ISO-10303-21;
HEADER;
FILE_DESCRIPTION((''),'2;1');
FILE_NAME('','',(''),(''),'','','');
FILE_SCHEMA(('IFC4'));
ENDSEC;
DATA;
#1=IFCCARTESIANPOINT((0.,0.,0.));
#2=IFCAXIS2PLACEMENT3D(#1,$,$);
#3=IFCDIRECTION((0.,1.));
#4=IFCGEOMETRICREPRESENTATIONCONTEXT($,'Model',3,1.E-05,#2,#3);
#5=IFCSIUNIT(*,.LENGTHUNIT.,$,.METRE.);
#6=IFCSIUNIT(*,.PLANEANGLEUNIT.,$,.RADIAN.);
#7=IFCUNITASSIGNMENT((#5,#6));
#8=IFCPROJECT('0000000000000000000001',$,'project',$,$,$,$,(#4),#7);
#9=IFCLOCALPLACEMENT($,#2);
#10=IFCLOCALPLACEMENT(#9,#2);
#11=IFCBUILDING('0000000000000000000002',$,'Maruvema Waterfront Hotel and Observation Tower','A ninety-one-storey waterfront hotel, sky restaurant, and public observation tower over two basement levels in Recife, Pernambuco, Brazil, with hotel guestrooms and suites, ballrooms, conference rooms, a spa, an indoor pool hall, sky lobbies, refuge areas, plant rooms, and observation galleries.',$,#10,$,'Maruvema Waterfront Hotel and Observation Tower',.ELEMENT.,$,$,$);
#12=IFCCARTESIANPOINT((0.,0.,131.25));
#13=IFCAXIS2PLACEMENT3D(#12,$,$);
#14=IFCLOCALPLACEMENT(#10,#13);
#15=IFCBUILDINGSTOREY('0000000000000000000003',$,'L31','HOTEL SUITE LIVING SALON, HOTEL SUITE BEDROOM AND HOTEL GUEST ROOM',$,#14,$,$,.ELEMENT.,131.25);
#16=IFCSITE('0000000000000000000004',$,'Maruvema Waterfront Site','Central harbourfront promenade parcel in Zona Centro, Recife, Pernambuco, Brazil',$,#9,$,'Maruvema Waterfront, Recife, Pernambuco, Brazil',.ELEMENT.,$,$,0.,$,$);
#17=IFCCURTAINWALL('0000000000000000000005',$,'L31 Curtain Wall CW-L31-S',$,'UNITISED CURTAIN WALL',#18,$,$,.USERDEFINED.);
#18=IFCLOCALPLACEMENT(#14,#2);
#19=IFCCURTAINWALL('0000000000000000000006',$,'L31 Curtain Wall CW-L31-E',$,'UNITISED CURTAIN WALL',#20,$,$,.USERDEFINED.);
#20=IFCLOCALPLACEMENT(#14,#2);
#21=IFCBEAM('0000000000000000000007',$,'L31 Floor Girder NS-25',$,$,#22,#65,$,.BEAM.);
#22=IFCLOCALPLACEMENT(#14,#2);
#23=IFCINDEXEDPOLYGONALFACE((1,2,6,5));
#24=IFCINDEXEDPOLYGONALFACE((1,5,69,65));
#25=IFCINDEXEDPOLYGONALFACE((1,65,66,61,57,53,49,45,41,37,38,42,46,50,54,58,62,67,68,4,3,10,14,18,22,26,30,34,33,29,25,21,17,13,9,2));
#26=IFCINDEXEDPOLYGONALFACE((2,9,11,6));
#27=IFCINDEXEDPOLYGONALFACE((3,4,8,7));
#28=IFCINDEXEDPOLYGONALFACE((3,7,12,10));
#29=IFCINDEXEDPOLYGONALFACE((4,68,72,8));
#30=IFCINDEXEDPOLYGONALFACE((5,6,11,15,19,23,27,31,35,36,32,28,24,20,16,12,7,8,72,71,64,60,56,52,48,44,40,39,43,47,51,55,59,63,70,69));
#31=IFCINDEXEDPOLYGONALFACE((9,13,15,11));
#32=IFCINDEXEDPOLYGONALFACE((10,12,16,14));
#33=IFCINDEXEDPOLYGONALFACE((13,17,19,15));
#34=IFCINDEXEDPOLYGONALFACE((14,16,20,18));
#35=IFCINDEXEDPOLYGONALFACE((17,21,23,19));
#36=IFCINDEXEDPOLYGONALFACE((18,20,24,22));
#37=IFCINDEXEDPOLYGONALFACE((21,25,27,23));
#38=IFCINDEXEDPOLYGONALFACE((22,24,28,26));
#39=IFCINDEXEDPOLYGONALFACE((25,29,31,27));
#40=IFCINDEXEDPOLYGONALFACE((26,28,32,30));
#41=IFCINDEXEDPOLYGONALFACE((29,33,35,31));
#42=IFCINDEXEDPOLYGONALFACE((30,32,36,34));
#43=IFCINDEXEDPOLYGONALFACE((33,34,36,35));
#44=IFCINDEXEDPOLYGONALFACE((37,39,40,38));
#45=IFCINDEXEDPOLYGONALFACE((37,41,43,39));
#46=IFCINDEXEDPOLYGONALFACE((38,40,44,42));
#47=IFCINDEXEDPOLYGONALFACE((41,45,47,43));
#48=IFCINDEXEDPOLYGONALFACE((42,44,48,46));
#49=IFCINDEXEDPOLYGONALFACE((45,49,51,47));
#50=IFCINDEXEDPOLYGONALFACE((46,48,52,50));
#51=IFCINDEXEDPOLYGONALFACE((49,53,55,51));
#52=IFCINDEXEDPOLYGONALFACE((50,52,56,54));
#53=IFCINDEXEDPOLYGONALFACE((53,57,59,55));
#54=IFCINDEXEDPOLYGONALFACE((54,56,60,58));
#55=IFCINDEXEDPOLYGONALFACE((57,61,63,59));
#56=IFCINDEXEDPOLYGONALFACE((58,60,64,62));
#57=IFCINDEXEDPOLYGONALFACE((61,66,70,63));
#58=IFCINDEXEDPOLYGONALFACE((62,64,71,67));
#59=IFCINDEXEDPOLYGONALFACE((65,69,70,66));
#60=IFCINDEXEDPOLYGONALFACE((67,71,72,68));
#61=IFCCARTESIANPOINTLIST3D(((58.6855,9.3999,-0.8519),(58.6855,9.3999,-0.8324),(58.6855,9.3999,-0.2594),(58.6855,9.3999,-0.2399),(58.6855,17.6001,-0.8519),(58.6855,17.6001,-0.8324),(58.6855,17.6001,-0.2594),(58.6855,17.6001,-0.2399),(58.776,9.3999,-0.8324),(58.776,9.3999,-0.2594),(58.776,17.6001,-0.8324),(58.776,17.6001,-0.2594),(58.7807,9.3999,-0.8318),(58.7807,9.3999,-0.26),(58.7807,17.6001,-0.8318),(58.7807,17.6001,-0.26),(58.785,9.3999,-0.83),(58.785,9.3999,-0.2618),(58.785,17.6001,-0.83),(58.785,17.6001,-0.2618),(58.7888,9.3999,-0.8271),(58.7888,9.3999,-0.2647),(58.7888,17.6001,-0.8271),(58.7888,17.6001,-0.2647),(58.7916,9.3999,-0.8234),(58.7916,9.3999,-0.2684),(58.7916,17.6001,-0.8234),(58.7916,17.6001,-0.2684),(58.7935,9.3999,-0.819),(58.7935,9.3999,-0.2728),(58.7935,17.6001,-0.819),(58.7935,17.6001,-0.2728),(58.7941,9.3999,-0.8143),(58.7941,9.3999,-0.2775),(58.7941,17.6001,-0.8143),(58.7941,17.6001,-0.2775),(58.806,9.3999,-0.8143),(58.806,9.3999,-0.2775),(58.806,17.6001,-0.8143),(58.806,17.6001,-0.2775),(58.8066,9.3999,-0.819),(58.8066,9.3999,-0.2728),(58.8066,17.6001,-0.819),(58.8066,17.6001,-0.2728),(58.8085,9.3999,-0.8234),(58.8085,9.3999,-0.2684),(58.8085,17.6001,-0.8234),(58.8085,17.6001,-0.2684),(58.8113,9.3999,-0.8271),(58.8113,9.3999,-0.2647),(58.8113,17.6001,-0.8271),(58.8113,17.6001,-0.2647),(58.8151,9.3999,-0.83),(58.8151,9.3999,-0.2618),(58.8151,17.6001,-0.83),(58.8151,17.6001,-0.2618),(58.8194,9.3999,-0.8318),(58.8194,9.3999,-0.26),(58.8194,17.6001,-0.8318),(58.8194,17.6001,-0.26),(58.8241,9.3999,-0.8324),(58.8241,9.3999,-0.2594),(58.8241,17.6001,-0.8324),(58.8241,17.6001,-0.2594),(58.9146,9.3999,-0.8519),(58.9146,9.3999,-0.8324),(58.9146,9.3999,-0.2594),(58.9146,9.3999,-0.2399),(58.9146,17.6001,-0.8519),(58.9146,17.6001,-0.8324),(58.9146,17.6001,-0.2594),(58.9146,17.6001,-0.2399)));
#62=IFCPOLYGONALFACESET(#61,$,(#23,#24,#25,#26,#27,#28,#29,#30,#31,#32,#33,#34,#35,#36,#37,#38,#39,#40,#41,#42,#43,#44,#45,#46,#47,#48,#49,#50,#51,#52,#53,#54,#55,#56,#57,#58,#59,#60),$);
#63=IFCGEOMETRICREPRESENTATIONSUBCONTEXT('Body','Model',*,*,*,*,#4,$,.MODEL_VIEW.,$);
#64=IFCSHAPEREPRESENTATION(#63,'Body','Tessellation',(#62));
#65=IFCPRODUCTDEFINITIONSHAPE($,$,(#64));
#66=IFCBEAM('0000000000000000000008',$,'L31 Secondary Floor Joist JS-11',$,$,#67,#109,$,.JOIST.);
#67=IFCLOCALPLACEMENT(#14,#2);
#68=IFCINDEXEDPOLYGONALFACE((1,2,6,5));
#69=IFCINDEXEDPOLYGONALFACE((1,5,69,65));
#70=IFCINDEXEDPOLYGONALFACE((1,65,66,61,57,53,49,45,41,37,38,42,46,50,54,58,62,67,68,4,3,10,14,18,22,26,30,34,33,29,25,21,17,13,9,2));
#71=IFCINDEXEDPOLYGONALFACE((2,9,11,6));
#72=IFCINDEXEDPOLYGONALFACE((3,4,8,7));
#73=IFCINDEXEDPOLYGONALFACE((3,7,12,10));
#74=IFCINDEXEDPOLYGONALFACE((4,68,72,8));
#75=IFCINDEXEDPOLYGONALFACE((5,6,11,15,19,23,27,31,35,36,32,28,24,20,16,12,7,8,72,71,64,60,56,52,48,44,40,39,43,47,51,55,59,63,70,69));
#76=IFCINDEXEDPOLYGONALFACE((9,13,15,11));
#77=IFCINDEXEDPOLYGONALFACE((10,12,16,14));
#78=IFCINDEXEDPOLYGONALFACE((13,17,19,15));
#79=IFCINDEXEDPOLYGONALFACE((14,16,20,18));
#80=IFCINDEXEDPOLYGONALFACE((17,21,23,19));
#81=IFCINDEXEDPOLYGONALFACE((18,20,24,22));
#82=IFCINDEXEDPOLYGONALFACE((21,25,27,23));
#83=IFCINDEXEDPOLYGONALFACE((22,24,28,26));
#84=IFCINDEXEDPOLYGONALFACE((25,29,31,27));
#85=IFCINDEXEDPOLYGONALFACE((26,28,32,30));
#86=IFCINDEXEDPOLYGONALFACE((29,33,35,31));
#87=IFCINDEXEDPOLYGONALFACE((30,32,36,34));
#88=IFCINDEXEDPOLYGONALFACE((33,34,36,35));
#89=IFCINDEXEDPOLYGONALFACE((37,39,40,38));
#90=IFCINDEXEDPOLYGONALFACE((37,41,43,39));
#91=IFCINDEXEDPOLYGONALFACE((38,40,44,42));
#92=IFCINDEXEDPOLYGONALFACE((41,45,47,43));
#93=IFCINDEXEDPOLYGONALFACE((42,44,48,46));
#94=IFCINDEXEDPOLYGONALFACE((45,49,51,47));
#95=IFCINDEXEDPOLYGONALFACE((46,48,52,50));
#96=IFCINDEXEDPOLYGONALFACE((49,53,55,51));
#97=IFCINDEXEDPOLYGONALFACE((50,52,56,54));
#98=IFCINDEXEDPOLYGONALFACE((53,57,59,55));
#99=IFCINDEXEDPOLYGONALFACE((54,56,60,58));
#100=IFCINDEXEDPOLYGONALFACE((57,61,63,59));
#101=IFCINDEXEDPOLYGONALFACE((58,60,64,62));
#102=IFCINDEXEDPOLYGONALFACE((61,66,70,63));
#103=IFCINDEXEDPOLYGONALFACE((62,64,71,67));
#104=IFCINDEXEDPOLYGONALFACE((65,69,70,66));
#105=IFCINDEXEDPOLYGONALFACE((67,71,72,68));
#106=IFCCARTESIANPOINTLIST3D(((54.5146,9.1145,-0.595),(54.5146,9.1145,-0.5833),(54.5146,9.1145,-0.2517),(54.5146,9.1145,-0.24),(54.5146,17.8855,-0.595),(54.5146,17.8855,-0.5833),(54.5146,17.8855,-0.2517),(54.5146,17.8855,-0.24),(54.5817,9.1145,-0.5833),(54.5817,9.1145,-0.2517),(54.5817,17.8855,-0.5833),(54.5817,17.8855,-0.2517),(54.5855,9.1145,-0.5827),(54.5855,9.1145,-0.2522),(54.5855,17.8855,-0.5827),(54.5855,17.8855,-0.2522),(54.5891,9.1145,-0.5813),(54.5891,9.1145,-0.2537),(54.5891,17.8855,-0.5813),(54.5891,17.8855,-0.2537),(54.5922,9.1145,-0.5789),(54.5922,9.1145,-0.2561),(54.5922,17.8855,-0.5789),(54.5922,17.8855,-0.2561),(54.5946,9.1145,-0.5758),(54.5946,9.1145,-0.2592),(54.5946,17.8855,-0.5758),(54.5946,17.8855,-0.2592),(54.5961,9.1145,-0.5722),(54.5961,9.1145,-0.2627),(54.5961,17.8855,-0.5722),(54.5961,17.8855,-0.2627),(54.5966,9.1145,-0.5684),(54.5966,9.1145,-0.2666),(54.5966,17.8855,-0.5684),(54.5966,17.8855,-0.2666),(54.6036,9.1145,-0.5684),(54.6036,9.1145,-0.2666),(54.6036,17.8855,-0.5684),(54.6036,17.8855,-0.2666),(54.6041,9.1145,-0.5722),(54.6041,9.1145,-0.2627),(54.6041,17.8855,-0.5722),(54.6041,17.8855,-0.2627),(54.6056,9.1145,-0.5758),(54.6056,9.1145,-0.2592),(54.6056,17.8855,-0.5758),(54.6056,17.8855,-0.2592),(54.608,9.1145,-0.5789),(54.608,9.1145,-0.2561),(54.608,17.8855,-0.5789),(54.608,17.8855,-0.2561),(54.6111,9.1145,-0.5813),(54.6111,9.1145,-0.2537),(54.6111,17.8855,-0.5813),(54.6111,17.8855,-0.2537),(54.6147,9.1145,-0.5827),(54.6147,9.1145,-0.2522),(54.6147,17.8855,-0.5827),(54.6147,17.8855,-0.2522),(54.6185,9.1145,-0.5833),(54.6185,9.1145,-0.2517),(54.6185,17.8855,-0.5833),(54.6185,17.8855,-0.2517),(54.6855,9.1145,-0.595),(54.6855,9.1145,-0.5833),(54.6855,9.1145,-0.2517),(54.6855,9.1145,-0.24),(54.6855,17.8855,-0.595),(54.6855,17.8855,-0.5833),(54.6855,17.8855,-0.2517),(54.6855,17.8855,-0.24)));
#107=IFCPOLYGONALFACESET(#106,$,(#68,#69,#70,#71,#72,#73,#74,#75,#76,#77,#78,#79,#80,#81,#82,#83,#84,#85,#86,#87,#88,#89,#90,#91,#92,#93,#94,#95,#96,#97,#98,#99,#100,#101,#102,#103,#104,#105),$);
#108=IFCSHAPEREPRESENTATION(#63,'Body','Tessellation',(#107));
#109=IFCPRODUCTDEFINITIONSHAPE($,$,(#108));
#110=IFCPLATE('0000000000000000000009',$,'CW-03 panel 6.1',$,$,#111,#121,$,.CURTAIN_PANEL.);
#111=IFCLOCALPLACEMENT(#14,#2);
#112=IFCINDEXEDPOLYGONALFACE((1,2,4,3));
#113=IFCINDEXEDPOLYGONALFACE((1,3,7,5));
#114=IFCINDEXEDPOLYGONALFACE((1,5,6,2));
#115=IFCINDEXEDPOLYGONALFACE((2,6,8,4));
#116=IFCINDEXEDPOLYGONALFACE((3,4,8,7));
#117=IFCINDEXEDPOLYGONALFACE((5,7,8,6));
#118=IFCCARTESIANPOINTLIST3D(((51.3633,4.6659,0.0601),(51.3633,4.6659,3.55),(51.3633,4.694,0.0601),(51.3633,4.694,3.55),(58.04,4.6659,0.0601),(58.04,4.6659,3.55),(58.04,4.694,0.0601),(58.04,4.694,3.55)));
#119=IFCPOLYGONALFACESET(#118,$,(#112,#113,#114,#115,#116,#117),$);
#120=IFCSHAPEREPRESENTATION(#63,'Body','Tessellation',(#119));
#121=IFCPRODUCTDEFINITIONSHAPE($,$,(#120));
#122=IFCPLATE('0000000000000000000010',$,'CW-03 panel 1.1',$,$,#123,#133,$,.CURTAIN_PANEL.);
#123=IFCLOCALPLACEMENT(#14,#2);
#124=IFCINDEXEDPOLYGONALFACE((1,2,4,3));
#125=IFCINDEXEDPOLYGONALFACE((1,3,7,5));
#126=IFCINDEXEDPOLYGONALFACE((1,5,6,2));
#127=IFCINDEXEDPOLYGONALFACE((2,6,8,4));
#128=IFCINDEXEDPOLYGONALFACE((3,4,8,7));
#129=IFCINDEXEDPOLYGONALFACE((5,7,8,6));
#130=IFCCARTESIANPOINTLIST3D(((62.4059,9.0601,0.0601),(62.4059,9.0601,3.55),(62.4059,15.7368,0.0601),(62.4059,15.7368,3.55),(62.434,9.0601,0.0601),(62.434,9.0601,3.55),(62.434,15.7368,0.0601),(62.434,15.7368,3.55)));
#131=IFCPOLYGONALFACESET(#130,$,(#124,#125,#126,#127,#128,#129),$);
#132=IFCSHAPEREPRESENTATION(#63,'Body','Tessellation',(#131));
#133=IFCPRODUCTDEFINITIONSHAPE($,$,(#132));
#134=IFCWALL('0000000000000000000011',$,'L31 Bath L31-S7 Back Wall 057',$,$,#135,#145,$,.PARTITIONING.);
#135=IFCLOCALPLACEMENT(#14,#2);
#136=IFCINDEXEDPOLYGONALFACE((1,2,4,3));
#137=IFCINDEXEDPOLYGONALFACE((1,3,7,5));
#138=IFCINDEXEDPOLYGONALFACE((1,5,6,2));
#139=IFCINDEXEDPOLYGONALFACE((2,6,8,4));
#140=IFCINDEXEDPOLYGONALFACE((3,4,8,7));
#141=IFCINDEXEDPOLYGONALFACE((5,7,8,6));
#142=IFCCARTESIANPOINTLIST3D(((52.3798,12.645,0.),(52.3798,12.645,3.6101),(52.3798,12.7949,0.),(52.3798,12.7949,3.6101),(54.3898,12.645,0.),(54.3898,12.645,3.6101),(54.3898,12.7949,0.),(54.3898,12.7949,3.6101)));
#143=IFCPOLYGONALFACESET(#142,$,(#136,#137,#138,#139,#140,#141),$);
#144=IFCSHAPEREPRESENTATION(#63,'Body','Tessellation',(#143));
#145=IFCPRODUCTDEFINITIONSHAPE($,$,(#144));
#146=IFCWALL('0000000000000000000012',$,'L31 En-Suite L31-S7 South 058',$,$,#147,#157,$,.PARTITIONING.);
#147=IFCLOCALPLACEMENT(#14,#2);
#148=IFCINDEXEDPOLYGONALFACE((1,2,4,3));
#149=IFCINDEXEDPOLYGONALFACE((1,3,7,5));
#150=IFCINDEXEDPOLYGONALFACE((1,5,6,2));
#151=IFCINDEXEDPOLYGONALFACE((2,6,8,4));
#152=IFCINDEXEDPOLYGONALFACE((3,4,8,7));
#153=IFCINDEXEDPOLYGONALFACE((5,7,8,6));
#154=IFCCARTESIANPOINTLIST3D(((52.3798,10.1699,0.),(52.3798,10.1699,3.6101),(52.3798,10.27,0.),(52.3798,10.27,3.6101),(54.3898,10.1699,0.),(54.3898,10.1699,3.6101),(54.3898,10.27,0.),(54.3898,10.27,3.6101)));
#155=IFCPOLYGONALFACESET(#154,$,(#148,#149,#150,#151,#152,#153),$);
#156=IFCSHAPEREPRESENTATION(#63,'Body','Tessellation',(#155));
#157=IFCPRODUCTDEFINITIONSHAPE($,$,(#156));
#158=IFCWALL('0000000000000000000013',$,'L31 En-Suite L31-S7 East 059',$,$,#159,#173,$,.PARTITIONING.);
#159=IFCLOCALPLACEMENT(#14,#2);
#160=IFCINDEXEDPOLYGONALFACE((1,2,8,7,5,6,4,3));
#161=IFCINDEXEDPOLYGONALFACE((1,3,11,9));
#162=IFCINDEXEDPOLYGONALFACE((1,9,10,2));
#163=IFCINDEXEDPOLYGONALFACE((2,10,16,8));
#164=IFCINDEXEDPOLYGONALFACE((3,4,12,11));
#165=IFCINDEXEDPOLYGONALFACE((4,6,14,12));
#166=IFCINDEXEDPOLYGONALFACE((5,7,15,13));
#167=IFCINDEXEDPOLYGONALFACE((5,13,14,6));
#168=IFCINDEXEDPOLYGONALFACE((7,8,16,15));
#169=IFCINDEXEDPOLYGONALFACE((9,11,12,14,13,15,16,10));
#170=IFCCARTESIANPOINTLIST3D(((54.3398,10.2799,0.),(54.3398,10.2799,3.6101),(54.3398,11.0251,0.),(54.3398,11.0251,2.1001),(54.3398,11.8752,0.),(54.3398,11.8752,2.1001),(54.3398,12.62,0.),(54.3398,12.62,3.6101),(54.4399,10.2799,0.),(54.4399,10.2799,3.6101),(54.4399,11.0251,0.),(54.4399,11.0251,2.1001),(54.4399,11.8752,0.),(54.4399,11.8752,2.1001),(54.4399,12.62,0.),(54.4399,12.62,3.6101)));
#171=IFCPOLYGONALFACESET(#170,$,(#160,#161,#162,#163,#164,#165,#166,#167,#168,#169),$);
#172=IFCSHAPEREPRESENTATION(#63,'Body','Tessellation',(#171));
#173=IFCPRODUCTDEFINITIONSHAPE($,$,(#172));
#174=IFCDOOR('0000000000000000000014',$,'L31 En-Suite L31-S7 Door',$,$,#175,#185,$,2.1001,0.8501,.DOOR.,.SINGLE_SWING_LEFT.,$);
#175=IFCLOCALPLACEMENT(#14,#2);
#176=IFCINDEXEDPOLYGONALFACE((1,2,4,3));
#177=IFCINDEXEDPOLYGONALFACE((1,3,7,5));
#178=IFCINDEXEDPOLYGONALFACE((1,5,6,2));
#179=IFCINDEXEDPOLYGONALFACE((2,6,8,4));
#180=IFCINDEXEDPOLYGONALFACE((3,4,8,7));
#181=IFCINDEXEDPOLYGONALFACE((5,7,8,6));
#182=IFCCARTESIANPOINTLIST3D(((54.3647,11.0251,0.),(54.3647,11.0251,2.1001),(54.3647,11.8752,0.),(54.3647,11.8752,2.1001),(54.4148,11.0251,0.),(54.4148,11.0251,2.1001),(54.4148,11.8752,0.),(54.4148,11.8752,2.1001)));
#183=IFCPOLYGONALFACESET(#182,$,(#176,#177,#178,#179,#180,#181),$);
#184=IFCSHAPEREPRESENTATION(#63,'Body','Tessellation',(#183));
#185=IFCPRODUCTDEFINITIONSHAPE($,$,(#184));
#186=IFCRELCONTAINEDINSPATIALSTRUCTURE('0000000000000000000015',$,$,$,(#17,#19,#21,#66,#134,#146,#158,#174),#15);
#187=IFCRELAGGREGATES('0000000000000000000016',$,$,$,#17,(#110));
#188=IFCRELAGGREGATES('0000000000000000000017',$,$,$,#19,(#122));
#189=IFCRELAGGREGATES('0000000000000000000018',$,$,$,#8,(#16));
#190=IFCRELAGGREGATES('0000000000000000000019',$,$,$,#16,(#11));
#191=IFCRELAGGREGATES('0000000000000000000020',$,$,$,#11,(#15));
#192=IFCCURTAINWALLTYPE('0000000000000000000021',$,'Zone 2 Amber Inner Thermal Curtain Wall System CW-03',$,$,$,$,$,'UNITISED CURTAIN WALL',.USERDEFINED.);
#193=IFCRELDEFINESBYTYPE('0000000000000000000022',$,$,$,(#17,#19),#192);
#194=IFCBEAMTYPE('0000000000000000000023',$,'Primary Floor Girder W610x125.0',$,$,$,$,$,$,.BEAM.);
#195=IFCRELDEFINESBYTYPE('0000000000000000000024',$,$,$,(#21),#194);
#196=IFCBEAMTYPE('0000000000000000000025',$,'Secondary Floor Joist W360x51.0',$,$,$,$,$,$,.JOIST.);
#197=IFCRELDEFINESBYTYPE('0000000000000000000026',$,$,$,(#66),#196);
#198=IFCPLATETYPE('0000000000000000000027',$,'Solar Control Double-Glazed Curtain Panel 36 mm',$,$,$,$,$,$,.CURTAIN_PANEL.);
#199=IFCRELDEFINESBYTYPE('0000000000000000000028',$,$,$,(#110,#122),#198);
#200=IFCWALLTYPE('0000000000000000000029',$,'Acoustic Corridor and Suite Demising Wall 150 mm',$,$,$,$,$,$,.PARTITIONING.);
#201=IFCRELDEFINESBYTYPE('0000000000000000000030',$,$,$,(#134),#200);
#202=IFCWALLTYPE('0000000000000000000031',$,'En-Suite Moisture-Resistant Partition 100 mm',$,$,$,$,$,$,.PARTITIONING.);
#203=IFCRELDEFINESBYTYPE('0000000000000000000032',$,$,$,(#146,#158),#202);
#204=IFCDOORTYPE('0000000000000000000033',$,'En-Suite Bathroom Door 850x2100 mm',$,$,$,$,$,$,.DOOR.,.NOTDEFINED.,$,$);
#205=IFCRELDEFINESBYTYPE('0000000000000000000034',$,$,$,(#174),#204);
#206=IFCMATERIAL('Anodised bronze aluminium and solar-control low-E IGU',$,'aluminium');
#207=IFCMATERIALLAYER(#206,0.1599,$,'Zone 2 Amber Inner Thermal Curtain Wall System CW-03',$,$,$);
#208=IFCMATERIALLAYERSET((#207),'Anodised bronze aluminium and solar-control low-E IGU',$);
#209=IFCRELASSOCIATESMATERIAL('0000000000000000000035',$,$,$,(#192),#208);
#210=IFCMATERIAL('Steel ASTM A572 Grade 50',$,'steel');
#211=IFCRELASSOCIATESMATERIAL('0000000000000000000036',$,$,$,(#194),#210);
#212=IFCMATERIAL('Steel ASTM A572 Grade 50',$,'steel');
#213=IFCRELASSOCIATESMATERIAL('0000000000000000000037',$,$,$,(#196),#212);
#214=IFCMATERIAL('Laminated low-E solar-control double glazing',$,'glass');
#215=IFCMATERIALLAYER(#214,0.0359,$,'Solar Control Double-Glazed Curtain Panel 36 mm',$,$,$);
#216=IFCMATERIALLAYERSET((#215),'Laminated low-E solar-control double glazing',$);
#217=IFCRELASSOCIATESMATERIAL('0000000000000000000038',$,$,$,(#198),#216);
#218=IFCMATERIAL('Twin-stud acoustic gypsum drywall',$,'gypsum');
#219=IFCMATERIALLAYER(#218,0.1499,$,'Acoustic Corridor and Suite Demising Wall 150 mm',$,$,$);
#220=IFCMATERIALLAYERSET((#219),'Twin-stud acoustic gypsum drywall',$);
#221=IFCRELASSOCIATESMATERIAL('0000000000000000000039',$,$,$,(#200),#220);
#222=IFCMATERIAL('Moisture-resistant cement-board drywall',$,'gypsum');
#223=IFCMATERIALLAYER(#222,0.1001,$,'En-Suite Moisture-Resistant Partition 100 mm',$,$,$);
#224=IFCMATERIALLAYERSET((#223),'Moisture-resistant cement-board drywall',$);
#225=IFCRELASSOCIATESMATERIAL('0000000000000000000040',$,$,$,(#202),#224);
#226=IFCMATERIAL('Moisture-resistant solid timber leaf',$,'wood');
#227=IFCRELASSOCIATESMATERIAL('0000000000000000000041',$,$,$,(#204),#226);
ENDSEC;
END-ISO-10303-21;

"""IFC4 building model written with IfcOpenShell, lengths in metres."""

from ifc_helpers import new_model, si_unit, direction, frame, frame_2d, origin, origin_2d, place, context, subcontext, project, spatial, rectangle, i_section, extrude, material, layer, layer_set, material_profile, profile_set, type_object, element, fill, aggregate, save


model = new_model("IFC4")

# Units and contexts
model_context = context("Model", 3, precision=1e-05, world=origin(), true_north=direction((0.0, 1.0)))
body_context = subcontext(model_context, "Body", "Model", "MODEL_VIEW")
ifc_project = project(units=[si_unit("LENGTHUNIT", "METRE"), si_unit("PLANEANGLEUNIT", "RADIAN")], contexts=[model_context])

# Site, building, storey
site_placement = place(None, origin())
site = spatial("IfcSite", under=ifc_project, at=site_placement, Name="Maruvema Waterfront Site", Description="Central harbourfront promenade parcel in Zona Centro, Recife, Pernambuco, Brazil", LongName="Maruvema Waterfront, Recife, Pernambuco, Brazil", CompositionType="ELEMENT", RefElevation=0.0)
building_placement = place(site_placement, origin())
building = spatial("IfcBuilding", under=site, at=building_placement, Name="Maruvema Waterfront Hotel and Observation Tower", Description="A ninety-one-storey waterfront hotel, sky restaurant, and public observation tower over two basement levels in Recife, Pernambuco, Brazil, with hotel guestrooms and suites, ballrooms, conference rooms, a spa, an indoor pool hall, sky lobbies, refuge areas, plant rooms, and observation galleries.", LongName="Maruvema Waterfront Hotel and Observation Tower", CompositionType="ELEMENT")
storey_placement = place(building_placement, frame((0.0, 0.0, 131.25)))
storey = spatial("IfcBuildingStorey", under=building, at=storey_placement, Name="L31", Description="HOTEL SUITE LIVING SALON, HOTEL SUITE BEDROOM AND HOTEL GUEST ROOM", CompositionType="ELEMENT", Elevation=131.25)

# Curtain walls
ifc_material_1 = material(Name="Anodised bronze aluminium and solar-control low-E IGU", Category="aluminium")
ifc_layer_1 = layer(ifc_material_1, 0.1599, Name="Zone 2 Amber Inner Thermal Curtain Wall System CW-03")
ifc_layer_set_1 = layer_set([ifc_layer_1], Name="Anodised bronze aluminium and solar-control low-E IGU")
curtain_wall_type = type_object("IfcCurtainWallType", Name="Zone 2 Amber Inner Thermal Curtain Wall System CW-03", ElementType="UNITISED CURTAIN WALL", PredefinedType="USERDEFINED", material=ifc_layer_set_1)
curtain_wall_1_placement = place(storey_placement, origin())
curtain_wall_1 = element("IfcCurtainWall", 1, at=curtain_wall_1_placement, inside=storey, type_object=curtain_wall_type, Name="L31 Curtain Wall CW-L31-S", ObjectType="UNITISED CURTAIN WALL", PredefinedType="USERDEFINED")
curtain_wall_2_placement = place(storey_placement, origin())
curtain_wall_2 = element("IfcCurtainWall", 2, at=curtain_wall_2_placement, inside=storey, type_object=curtain_wall_type, Name="L31 Curtain Wall CW-L31-E", ObjectType="UNITISED CURTAIN WALL", PredefinedType="USERDEFINED")

# Beams
ifc_material_2 = material(Name="Steel ASTM A572 Grade 50", Category="steel")
ifc_material_profile_1 = material_profile(ifc_material_2, i_section(OverallWidth=0.229, OverallDepth=0.6121, WebThickness=0.012, FlangeThickness=0.0195, FilletRadius=0.0181, at=origin_2d()), Name="W610x125.0")
ifc_profile_set_1 = profile_set([ifc_material_profile_1], Name="Steel ASTM A572 Grade 50")
beam_type_1 = type_object("IfcBeamType", Name="Primary Floor Girder W610x125.0", PredefinedType="BEAM", material=ifc_profile_set_1)
beam_1_placement = place(storey_placement, frame((58.8, 9.3999, -0.5459), z_axis=(0.0, 1.0, 0.0), x_axis=(-1.0, 0.0, 0.0)))
element("IfcBeam", 3, at=beam_1_placement, inside=storey, type_object=beam_type_1, Name="L31 Floor Girder NS-25", PredefinedType="BEAM", context=body_context, shape_type="SweptSolid", body=[
    extrude(i_section(OverallWidth=0.229, OverallDepth=0.6121, WebThickness=0.012, FlangeThickness=0.0195, FilletRadius=0.0181, at=origin_2d()), origin(), (0.0, 0.0, 1.0), 8.2002),
])
ifc_material_3 = material(Name="Steel ASTM A572 Grade 50", Category="steel")
ifc_material_profile_2 = material_profile(ifc_material_3, i_section(OverallWidth=0.1709, OverallDepth=0.355, WebThickness=0.0071, FlangeThickness=0.0117, FilletRadius=0.0149, at=origin_2d()), Name="W360x51.0")
ifc_profile_set_2 = profile_set([ifc_material_profile_2], Name="Steel ASTM A572 Grade 50")
beam_type_2 = type_object("IfcBeamType", Name="Secondary Floor Joist W360x51.0", PredefinedType="JOIST", material=ifc_profile_set_2)
beam_2_placement = place(storey_placement, frame((54.6001, 9.1145, -0.4175), z_axis=(0.0, 1.0, 0.0), x_axis=(-1.0, 0.0, 0.0)))
element("IfcBeam", 4, at=beam_2_placement, inside=storey, type_object=beam_type_2, Name="L31 Secondary Floor Joist JS-11", PredefinedType="JOIST", context=body_context, shape_type="SweptSolid", body=[
    extrude(i_section(OverallWidth=0.1709, OverallDepth=0.355, WebThickness=0.0071, FlangeThickness=0.0117, FilletRadius=0.0149, at=origin_2d()), origin(), (0.0, 0.0, 1.0), 8.771),
])

# Plates
ifc_material_4 = material(Name="Laminated low-E solar-control double glazing", Category="glass")
ifc_layer_2 = layer(ifc_material_4, 0.0359, Name="Solar Control Double-Glazed Curtain Panel 36 mm")
ifc_layer_set_2 = layer_set([ifc_layer_2], Name="Laminated low-E solar-control double glazing")
plate_type = type_object("IfcPlateType", Name="Solar Control Double-Glazed Curtain Panel 36 mm", PredefinedType="CURTAIN_PANEL", material=ifc_layer_set_2)
plate_1_placement = place(storey_placement, frame((54.7017, 4.6799, 0.0601), z_axis=(0.0, 0.0, 1.0), x_axis=(1.0, 0.0, 0.0)))
plate_1 = element("IfcPlate", 5, at=plate_1_placement, type_object=plate_type, Name="CW-03 panel 6.1", PredefinedType="CURTAIN_PANEL", context=body_context, shape_type="SweptSolid", body=[
    extrude(rectangle(XDim=6.6768, YDim=0.0281, at=origin_2d()), origin(), (0.0, 0.0, 1.0), 3.49),
])
aggregate(curtain_wall_1, [plate_1])
plate_2_placement = place(storey_placement, frame((62.4199, 12.3984, 0.0601), z_axis=(0.0, 0.0, 1.0), x_axis=(0.0, 1.0, 0.0)))
plate_2 = element("IfcPlate", 6, at=plate_2_placement, type_object=plate_type, Name="CW-03 panel 1.1", PredefinedType="CURTAIN_PANEL", context=body_context, shape_type="SweptSolid", body=[
    extrude(rectangle(XDim=6.6768, YDim=0.0281, at=origin_2d()), origin(), (0.0, 0.0, 1.0), 3.49),
])
aggregate(curtain_wall_2, [plate_2])

# Wall
ifc_material_5 = material(Name="Twin-stud acoustic gypsum drywall", Category="gypsum")
ifc_layer_3 = layer(ifc_material_5, 0.1499, Name="Acoustic Corridor and Suite Demising Wall 150 mm")
ifc_layer_set_3 = layer_set([ifc_layer_3], Name="Twin-stud acoustic gypsum drywall")
wall_type_1 = type_object("IfcWallType", Name="Acoustic Corridor and Suite Demising Wall 150 mm", PredefinedType="PARTITIONING", material=ifc_layer_set_3)
wall_1_placement = place(storey_placement, frame((52.3799, 12.72, 0.0), z_axis=(0.0, 0.0, 1.0), x_axis=(1.0, 0.0, 0.0)))
element("IfcWall", 7, at=wall_1_placement, inside=storey, type_object=wall_type_1, Name="L31 Bath L31-S7 Back Wall 057", PredefinedType="PARTITIONING", context=body_context, shape_type="SweptSolid", body=[
    extrude(rectangle(XDim=2.01, YDim=0.1499, at=frame_2d((1.0049, 0.0))), origin(), (0.0, 0.0, 1.0), 3.6101),
])

# Wall
ifc_material_6 = material(Name="Moisture-resistant cement-board drywall", Category="gypsum")
ifc_layer_4 = layer(ifc_material_6, 0.1001, Name="En-Suite Moisture-Resistant Partition 100 mm")
ifc_layer_set_4 = layer_set([ifc_layer_4], Name="Moisture-resistant cement-board drywall")
wall_type_2 = type_object("IfcWallType", Name="En-Suite Moisture-Resistant Partition 100 mm", PredefinedType="PARTITIONING", material=ifc_layer_set_4)
wall_2_placement = place(storey_placement, frame((52.3799, 10.22, 0.0), z_axis=(0.0, 0.0, 1.0), x_axis=(1.0, 0.0, 0.0)))
element("IfcWall", 8, at=wall_2_placement, inside=storey, type_object=wall_type_2, Name="L31 En-Suite L31-S7 South 058", PredefinedType="PARTITIONING", context=body_context, shape_type="SweptSolid", body=[
    extrude(rectangle(XDim=2.01, YDim=0.1001, at=frame_2d((1.0049, 0.0))), origin(), (0.0, 0.0, 1.0), 3.6101),
])

# Wall, opening, door
wall_3_placement = place(storey_placement, frame((54.3899, 10.28, 0.0), z_axis=(0.0, 0.0, 1.0), x_axis=(0.0, 1.0, 0.0)))
wall_3 = element("IfcWall", 9, at=wall_3_placement, inside=storey, type_object=wall_type_2, Name="L31 En-Suite L31-S7 East 059", PredefinedType="PARTITIONING", context=body_context, shape_type="SweptSolid", body=[
    extrude(rectangle(XDim=2.3401, YDim=0.1001, at=frame_2d((1.1699, 0.0))), origin(), (0.0, 0.0, 1.0), 3.6101),
])
opening_1_placement = place(wall_3_placement, frame((0.7451, 0.0, 0.0)))
opening_1 = element("IfcOpeningElement", 10, at=opening_1_placement, cuts=wall_3, PredefinedType="OPENING", context=body_context, shape_type="SweptSolid", body=[
    extrude(rectangle(XDim=0.8501, YDim=2.1001, at=frame_2d((0.425, 1.05))), frame((0.0, 0.0601, 0.0), z_axis=(0.0, -1.0, 0.0), x_axis=(1.0, 0.0, 0.0)), (0.0, 0.0, 1.0), 0.1201),
])
ifc_material_7 = material(Name="Moisture-resistant solid timber leaf", Category="wood")
door_type_1 = type_object("IfcDoorType", Name="En-Suite Bathroom Door 850x2100 mm", OperationType="NOTDEFINED", PredefinedType="DOOR", material=ifc_material_7)
door_1_placement = place(opening_1_placement, frame((0.8501, 0.0, 0.0), z_axis=(0.0, 0.0, 1.0), x_axis=(-1.0, 0.0, 0.0)))
door_1 = element("IfcDoor", 11, at=door_1_placement, inside=storey, type_object=door_type_1, Name="L31 En-Suite L31-S7 Door", OperationType="SINGLE_SWING_LEFT", OverallHeight=2.1001, OverallWidth=0.8501, PredefinedType="DOOR", context=body_context, shape_type="SweptSolid", body=[
    extrude(rectangle(XDim=0.8501, YDim=2.1001, at=frame_2d((0.425, 1.05))), frame((0.0, 0.0249, 0.0), z_axis=(0.0, -1.0, 0.0), x_axis=(1.0, 0.0, 0.0)), (0.0, 0.0, 1.0), 0.05),
])
fill(opening_1, door_1)

save(model, "model.ifc")
